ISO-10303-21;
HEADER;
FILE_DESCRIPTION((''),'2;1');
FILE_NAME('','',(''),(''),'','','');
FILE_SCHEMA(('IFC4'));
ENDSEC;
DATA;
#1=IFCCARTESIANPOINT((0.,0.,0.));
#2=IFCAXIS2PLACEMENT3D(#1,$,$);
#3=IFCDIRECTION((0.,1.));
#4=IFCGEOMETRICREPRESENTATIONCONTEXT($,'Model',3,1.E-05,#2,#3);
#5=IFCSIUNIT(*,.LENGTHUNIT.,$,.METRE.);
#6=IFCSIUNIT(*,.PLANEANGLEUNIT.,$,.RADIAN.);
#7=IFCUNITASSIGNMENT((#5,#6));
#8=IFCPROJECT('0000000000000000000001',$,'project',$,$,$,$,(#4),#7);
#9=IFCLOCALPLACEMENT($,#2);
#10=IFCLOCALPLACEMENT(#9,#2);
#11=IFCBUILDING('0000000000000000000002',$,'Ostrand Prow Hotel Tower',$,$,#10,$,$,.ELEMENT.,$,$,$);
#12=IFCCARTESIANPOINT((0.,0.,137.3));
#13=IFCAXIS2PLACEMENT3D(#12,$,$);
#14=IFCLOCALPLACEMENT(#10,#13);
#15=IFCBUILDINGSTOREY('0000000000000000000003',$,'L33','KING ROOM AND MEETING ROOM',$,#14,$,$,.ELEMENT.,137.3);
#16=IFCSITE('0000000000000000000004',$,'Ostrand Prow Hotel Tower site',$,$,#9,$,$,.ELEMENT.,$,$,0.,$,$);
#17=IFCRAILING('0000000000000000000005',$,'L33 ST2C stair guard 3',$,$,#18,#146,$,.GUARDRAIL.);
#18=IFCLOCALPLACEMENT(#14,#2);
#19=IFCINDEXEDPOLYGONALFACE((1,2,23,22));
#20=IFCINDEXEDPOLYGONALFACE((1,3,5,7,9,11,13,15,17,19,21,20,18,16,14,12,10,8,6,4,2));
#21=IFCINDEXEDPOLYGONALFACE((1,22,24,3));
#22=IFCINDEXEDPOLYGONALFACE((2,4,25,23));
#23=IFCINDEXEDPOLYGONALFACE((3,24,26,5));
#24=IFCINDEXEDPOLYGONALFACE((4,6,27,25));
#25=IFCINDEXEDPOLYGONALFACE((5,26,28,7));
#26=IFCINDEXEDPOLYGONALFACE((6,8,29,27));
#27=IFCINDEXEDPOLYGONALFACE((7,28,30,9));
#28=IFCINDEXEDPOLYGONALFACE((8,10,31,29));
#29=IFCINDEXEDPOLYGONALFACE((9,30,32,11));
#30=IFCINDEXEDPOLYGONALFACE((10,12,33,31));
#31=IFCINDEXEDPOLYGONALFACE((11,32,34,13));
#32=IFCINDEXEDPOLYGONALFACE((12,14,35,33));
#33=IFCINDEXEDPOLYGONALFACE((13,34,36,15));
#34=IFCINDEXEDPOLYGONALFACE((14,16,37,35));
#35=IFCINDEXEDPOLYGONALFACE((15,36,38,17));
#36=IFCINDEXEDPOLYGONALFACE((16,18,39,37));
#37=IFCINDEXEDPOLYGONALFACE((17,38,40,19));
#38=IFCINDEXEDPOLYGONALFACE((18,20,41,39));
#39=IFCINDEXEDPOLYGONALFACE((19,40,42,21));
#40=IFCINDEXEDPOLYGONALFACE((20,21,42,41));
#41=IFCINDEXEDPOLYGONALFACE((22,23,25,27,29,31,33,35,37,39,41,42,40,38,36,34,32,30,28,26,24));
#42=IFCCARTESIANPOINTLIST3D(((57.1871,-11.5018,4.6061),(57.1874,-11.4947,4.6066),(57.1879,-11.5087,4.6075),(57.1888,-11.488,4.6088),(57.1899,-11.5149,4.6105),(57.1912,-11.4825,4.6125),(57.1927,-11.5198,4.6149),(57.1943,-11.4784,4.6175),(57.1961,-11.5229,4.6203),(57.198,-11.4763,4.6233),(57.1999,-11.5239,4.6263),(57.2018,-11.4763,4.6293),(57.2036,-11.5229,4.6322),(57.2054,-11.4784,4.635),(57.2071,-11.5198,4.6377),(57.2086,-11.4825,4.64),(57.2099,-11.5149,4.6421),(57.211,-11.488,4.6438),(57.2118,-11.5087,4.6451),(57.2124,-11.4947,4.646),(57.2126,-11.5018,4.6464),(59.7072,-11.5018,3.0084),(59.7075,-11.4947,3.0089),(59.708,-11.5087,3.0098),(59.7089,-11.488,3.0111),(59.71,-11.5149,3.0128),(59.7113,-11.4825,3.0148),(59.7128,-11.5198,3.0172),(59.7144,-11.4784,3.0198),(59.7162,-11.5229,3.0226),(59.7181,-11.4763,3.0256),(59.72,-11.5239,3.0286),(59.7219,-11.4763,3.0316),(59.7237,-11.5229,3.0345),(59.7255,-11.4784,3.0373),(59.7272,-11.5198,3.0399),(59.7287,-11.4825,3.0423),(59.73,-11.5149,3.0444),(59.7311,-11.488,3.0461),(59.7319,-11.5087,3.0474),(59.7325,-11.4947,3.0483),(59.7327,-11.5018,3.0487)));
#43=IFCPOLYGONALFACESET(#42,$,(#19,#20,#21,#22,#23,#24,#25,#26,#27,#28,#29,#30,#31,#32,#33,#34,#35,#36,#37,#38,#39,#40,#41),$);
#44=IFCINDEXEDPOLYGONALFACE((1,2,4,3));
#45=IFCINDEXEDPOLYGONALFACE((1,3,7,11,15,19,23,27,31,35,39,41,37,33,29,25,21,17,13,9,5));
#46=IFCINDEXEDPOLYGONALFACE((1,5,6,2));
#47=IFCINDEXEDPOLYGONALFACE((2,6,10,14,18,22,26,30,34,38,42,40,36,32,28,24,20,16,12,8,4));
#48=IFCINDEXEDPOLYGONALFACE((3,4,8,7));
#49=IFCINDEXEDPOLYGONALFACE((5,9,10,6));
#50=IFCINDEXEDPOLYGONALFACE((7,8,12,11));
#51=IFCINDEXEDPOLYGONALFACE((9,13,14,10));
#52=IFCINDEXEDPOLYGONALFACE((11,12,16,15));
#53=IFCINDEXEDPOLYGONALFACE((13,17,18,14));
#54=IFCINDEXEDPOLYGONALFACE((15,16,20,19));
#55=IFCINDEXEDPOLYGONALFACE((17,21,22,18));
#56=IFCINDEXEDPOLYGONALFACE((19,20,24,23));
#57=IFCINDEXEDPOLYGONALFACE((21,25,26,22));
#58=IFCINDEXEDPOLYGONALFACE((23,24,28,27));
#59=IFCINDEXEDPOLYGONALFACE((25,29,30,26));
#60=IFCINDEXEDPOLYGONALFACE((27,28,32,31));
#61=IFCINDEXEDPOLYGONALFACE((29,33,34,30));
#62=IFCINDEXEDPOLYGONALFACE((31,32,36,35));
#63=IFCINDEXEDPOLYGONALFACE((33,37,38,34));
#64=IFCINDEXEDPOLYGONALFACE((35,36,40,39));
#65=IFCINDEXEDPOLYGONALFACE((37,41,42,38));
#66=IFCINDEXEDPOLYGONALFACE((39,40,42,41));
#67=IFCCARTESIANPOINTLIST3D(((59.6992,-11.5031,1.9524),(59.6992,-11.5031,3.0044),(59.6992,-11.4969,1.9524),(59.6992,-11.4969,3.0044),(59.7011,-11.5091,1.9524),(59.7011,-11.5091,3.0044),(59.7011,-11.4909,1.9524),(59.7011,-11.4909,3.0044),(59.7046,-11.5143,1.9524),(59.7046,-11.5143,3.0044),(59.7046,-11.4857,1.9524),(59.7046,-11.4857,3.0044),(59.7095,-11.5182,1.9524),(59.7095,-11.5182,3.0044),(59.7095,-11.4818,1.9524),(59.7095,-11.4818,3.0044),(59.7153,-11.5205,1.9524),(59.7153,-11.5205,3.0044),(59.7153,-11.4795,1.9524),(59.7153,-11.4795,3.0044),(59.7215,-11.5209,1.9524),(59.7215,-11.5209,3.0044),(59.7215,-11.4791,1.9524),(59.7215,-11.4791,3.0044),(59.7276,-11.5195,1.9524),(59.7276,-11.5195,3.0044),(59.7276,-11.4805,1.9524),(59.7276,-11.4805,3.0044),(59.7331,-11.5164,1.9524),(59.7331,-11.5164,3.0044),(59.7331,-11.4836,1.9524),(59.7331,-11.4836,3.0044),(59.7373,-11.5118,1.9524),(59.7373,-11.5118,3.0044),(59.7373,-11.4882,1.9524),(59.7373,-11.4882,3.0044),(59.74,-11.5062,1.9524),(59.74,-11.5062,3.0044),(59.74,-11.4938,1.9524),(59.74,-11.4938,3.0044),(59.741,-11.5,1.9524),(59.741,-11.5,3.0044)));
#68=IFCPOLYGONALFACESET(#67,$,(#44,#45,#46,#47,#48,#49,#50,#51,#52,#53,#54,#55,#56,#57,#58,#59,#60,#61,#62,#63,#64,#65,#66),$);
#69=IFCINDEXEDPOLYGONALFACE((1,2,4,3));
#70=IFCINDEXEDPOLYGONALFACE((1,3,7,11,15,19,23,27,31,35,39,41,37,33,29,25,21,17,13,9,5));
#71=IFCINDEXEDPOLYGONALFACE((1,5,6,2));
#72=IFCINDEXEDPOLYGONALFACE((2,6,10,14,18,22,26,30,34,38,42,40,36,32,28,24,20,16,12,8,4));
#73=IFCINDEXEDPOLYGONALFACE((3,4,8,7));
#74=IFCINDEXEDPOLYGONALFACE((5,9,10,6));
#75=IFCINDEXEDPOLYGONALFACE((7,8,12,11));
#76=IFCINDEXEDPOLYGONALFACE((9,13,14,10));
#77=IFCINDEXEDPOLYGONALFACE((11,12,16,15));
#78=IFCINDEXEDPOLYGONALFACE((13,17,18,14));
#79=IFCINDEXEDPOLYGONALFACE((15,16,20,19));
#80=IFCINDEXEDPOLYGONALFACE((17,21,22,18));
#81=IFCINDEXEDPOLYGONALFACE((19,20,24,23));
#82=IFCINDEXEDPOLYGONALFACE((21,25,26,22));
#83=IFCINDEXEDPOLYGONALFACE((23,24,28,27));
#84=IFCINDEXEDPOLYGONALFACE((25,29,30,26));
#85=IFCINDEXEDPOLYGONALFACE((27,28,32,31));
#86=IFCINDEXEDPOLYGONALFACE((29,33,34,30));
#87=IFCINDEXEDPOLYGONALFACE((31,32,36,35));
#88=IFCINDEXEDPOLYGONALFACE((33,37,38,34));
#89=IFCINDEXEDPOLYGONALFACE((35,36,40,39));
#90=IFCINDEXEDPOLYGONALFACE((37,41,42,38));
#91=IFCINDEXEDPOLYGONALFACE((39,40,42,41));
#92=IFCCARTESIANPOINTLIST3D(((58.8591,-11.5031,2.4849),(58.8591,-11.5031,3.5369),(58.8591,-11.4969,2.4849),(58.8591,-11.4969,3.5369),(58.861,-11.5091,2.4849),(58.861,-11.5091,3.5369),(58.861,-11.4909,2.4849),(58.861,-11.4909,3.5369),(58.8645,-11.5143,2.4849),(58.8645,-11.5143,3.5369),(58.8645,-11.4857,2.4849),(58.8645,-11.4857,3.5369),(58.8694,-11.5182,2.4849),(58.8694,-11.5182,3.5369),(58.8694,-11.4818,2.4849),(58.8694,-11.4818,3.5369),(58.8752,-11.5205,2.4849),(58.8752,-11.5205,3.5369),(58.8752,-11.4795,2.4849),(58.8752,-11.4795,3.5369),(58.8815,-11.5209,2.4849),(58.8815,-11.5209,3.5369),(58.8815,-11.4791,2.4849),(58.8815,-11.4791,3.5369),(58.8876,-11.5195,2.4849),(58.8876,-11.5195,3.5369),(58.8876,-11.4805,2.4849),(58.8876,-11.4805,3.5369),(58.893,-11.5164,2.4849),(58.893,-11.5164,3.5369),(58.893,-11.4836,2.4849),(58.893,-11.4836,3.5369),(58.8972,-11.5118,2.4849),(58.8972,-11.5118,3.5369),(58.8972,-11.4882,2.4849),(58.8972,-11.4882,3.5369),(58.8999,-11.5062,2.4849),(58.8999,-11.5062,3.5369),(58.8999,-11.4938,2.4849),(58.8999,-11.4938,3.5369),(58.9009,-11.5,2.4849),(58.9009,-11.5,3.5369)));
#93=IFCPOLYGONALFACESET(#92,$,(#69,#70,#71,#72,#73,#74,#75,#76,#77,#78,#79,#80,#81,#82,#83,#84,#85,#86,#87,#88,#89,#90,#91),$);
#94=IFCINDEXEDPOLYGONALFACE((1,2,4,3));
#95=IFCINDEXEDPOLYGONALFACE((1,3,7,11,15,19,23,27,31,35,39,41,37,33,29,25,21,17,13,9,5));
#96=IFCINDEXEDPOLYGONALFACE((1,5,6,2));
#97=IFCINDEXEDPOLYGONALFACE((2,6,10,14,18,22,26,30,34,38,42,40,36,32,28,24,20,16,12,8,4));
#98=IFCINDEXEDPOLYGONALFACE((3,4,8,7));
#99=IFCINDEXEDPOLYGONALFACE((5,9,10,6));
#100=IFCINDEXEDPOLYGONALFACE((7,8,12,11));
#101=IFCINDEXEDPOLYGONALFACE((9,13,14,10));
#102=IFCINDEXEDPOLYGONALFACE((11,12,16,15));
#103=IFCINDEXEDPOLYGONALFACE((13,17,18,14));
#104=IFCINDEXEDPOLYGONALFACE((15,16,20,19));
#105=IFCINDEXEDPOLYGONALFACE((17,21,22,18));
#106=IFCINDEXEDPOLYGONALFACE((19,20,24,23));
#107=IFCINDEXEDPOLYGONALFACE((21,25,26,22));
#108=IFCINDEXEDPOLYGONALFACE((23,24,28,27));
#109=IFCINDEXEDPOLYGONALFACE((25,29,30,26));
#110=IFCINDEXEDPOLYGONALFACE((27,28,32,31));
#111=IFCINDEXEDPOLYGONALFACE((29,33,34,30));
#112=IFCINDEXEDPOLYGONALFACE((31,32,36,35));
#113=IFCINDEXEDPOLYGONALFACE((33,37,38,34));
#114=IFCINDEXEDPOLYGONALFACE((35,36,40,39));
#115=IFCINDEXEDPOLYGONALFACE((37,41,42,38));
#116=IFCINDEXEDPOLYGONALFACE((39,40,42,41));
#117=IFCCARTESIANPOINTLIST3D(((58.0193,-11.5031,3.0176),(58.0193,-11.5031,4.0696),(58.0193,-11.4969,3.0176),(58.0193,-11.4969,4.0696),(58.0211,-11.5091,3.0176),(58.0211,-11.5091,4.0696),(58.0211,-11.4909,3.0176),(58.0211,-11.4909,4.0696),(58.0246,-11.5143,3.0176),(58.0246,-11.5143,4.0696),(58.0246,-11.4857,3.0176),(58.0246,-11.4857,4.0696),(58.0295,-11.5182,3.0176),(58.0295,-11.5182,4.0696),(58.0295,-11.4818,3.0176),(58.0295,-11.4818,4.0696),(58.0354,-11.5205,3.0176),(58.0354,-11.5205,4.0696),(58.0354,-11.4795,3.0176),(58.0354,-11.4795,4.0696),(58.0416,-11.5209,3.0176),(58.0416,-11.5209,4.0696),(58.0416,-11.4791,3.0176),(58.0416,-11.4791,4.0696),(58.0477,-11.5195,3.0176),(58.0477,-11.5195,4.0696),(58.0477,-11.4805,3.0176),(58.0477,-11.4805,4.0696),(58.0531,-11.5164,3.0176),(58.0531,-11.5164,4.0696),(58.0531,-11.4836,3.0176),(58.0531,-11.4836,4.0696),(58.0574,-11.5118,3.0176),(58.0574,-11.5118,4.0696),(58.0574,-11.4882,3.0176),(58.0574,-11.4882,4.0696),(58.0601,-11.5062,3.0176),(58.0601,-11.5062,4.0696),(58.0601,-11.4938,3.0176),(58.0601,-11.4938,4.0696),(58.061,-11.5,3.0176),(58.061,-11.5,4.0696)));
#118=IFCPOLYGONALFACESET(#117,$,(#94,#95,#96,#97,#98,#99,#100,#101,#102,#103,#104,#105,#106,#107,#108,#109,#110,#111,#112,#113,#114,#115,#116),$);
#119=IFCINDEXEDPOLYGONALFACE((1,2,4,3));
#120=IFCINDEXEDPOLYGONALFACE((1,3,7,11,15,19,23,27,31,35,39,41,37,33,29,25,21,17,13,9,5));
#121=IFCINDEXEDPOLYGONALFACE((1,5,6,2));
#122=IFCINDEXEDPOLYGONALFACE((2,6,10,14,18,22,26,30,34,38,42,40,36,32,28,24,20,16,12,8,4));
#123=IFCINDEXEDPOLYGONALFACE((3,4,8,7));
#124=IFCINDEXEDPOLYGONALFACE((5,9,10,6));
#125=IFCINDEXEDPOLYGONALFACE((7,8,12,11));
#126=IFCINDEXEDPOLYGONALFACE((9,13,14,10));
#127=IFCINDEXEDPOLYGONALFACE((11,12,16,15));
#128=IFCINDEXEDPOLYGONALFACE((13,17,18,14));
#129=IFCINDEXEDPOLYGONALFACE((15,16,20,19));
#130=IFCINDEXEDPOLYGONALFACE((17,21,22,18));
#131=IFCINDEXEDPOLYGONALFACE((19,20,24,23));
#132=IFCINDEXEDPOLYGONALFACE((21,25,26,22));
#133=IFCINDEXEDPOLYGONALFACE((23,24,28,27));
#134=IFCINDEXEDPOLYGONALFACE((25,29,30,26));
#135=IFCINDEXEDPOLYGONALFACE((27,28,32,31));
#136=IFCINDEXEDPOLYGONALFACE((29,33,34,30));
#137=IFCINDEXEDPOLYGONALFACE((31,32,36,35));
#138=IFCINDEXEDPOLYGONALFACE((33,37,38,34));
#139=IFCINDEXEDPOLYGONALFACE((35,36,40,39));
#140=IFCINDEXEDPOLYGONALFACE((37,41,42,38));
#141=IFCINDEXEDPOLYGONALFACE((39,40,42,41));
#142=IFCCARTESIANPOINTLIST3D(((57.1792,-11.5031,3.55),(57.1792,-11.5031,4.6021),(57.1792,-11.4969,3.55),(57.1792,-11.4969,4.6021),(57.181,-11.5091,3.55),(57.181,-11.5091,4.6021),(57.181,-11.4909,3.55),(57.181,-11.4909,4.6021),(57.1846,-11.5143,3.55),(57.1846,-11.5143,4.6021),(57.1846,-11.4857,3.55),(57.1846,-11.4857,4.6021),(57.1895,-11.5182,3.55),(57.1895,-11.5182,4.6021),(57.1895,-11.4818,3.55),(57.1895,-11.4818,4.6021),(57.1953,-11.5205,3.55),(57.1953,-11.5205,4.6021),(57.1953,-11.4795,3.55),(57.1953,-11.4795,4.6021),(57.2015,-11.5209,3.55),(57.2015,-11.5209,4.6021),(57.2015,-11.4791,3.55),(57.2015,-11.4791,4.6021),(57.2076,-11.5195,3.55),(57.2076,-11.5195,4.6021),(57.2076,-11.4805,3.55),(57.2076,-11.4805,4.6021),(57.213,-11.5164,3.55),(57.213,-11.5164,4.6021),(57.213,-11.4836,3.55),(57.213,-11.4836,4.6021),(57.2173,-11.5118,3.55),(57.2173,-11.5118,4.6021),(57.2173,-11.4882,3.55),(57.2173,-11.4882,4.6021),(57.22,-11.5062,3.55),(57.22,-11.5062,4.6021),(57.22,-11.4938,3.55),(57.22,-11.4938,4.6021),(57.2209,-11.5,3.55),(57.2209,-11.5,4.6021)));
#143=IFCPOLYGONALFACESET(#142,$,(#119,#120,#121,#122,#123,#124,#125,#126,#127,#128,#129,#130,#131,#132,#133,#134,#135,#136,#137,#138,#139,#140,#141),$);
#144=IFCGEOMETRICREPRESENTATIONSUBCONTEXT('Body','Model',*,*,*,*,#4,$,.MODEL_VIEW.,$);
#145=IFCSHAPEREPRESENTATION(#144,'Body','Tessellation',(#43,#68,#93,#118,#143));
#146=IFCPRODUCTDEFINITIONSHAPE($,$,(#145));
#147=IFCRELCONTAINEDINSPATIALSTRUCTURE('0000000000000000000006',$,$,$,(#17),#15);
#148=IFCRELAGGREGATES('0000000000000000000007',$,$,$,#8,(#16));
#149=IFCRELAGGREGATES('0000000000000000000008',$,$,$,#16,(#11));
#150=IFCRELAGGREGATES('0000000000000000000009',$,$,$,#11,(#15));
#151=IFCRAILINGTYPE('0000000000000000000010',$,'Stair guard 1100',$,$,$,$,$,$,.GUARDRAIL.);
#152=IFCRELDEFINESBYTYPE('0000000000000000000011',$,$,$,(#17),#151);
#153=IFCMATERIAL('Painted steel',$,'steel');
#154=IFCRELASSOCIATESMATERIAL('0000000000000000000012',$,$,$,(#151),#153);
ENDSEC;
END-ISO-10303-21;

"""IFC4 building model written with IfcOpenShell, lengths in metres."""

from ifc_helpers import new_model, si_unit, direction, frame, origin, origin_2d, place, context, subcontext, project, spatial, circle, extrude, material, type_object, element, save


model = new_model("IFC4")

# Units and contexts
model_context = context("Model", 3, precision=1e-05, world=origin(), true_north=direction((0.0, 1.0)))
body_context = subcontext(model_context, "Body", "Model", "MODEL_VIEW")
ifc_project = project(units=[si_unit("LENGTHUNIT", "METRE"), si_unit("PLANEANGLEUNIT", "RADIAN")], contexts=[model_context])

# Site, building, storey
site_placement = place(None, origin())
site = spatial("IfcSite", under=ifc_project, at=site_placement, Name="Ostrand Prow Hotel Tower site", CompositionType="ELEMENT", RefElevation=0.0)
building_placement = place(site_placement, origin())
building = spatial("IfcBuilding", under=site, at=building_placement, Name="Ostrand Prow Hotel Tower", CompositionType="ELEMENT")
storey_placement = place(building_placement, frame((0.0, 0.0, 137.3)))
storey = spatial("IfcBuildingStorey", under=building, at=storey_placement, Name="L33", Description="KING ROOM AND MEETING ROOM", CompositionType="ELEMENT", Elevation=137.3)

# Railing
ifc_material_1 = material(Name="Painted steel", Category="steel")
railing_type_1 = type_object("IfcRailingType", Name="Stair guard 1100", PredefinedType="GUARDRAIL", material=ifc_material_1)
railing_1_placement = place(storey_placement, frame((59.72, -11.5, 1.9524)))
element("IfcRailing", 1, at=railing_1_placement, inside=storey, type_object=railing_type_1, Name="L33 ST2C stair guard 3", PredefinedType="GUARDRAIL", context=body_context, shape_type="SweptSolid", body=[
    extrude(circle(Radius=0.0239, at=origin_2d()), frame((0.0, 0.0, 1.0762), z_axis=(-0.84457, 0.0, 0.535445), x_axis=(0.0, -1.0, 0.0)), (0.0, 0.0, 1.0), 2.9839),
    extrude(circle(Radius=0.021, at=origin_2d()), origin(), (0.0, 0.0, 1.0), 1.052),
    extrude(circle(Radius=0.021, at=origin_2d()), frame((-0.8401, 0.0, 0.5325)), (0.0, 0.0, 1.0), 1.052),
    extrude(circle(Radius=0.021, at=origin_2d()), frame((-1.6799, 0.0, 1.0652)), (0.0, 0.0, 1.0), 1.052),
    extrude(circle(Radius=0.021, at=origin_2d()), frame((-2.52, 0.0, 1.5977)), (0.0, 0.0, 1.0), 1.052),
])

save(model, "model.ifc")
